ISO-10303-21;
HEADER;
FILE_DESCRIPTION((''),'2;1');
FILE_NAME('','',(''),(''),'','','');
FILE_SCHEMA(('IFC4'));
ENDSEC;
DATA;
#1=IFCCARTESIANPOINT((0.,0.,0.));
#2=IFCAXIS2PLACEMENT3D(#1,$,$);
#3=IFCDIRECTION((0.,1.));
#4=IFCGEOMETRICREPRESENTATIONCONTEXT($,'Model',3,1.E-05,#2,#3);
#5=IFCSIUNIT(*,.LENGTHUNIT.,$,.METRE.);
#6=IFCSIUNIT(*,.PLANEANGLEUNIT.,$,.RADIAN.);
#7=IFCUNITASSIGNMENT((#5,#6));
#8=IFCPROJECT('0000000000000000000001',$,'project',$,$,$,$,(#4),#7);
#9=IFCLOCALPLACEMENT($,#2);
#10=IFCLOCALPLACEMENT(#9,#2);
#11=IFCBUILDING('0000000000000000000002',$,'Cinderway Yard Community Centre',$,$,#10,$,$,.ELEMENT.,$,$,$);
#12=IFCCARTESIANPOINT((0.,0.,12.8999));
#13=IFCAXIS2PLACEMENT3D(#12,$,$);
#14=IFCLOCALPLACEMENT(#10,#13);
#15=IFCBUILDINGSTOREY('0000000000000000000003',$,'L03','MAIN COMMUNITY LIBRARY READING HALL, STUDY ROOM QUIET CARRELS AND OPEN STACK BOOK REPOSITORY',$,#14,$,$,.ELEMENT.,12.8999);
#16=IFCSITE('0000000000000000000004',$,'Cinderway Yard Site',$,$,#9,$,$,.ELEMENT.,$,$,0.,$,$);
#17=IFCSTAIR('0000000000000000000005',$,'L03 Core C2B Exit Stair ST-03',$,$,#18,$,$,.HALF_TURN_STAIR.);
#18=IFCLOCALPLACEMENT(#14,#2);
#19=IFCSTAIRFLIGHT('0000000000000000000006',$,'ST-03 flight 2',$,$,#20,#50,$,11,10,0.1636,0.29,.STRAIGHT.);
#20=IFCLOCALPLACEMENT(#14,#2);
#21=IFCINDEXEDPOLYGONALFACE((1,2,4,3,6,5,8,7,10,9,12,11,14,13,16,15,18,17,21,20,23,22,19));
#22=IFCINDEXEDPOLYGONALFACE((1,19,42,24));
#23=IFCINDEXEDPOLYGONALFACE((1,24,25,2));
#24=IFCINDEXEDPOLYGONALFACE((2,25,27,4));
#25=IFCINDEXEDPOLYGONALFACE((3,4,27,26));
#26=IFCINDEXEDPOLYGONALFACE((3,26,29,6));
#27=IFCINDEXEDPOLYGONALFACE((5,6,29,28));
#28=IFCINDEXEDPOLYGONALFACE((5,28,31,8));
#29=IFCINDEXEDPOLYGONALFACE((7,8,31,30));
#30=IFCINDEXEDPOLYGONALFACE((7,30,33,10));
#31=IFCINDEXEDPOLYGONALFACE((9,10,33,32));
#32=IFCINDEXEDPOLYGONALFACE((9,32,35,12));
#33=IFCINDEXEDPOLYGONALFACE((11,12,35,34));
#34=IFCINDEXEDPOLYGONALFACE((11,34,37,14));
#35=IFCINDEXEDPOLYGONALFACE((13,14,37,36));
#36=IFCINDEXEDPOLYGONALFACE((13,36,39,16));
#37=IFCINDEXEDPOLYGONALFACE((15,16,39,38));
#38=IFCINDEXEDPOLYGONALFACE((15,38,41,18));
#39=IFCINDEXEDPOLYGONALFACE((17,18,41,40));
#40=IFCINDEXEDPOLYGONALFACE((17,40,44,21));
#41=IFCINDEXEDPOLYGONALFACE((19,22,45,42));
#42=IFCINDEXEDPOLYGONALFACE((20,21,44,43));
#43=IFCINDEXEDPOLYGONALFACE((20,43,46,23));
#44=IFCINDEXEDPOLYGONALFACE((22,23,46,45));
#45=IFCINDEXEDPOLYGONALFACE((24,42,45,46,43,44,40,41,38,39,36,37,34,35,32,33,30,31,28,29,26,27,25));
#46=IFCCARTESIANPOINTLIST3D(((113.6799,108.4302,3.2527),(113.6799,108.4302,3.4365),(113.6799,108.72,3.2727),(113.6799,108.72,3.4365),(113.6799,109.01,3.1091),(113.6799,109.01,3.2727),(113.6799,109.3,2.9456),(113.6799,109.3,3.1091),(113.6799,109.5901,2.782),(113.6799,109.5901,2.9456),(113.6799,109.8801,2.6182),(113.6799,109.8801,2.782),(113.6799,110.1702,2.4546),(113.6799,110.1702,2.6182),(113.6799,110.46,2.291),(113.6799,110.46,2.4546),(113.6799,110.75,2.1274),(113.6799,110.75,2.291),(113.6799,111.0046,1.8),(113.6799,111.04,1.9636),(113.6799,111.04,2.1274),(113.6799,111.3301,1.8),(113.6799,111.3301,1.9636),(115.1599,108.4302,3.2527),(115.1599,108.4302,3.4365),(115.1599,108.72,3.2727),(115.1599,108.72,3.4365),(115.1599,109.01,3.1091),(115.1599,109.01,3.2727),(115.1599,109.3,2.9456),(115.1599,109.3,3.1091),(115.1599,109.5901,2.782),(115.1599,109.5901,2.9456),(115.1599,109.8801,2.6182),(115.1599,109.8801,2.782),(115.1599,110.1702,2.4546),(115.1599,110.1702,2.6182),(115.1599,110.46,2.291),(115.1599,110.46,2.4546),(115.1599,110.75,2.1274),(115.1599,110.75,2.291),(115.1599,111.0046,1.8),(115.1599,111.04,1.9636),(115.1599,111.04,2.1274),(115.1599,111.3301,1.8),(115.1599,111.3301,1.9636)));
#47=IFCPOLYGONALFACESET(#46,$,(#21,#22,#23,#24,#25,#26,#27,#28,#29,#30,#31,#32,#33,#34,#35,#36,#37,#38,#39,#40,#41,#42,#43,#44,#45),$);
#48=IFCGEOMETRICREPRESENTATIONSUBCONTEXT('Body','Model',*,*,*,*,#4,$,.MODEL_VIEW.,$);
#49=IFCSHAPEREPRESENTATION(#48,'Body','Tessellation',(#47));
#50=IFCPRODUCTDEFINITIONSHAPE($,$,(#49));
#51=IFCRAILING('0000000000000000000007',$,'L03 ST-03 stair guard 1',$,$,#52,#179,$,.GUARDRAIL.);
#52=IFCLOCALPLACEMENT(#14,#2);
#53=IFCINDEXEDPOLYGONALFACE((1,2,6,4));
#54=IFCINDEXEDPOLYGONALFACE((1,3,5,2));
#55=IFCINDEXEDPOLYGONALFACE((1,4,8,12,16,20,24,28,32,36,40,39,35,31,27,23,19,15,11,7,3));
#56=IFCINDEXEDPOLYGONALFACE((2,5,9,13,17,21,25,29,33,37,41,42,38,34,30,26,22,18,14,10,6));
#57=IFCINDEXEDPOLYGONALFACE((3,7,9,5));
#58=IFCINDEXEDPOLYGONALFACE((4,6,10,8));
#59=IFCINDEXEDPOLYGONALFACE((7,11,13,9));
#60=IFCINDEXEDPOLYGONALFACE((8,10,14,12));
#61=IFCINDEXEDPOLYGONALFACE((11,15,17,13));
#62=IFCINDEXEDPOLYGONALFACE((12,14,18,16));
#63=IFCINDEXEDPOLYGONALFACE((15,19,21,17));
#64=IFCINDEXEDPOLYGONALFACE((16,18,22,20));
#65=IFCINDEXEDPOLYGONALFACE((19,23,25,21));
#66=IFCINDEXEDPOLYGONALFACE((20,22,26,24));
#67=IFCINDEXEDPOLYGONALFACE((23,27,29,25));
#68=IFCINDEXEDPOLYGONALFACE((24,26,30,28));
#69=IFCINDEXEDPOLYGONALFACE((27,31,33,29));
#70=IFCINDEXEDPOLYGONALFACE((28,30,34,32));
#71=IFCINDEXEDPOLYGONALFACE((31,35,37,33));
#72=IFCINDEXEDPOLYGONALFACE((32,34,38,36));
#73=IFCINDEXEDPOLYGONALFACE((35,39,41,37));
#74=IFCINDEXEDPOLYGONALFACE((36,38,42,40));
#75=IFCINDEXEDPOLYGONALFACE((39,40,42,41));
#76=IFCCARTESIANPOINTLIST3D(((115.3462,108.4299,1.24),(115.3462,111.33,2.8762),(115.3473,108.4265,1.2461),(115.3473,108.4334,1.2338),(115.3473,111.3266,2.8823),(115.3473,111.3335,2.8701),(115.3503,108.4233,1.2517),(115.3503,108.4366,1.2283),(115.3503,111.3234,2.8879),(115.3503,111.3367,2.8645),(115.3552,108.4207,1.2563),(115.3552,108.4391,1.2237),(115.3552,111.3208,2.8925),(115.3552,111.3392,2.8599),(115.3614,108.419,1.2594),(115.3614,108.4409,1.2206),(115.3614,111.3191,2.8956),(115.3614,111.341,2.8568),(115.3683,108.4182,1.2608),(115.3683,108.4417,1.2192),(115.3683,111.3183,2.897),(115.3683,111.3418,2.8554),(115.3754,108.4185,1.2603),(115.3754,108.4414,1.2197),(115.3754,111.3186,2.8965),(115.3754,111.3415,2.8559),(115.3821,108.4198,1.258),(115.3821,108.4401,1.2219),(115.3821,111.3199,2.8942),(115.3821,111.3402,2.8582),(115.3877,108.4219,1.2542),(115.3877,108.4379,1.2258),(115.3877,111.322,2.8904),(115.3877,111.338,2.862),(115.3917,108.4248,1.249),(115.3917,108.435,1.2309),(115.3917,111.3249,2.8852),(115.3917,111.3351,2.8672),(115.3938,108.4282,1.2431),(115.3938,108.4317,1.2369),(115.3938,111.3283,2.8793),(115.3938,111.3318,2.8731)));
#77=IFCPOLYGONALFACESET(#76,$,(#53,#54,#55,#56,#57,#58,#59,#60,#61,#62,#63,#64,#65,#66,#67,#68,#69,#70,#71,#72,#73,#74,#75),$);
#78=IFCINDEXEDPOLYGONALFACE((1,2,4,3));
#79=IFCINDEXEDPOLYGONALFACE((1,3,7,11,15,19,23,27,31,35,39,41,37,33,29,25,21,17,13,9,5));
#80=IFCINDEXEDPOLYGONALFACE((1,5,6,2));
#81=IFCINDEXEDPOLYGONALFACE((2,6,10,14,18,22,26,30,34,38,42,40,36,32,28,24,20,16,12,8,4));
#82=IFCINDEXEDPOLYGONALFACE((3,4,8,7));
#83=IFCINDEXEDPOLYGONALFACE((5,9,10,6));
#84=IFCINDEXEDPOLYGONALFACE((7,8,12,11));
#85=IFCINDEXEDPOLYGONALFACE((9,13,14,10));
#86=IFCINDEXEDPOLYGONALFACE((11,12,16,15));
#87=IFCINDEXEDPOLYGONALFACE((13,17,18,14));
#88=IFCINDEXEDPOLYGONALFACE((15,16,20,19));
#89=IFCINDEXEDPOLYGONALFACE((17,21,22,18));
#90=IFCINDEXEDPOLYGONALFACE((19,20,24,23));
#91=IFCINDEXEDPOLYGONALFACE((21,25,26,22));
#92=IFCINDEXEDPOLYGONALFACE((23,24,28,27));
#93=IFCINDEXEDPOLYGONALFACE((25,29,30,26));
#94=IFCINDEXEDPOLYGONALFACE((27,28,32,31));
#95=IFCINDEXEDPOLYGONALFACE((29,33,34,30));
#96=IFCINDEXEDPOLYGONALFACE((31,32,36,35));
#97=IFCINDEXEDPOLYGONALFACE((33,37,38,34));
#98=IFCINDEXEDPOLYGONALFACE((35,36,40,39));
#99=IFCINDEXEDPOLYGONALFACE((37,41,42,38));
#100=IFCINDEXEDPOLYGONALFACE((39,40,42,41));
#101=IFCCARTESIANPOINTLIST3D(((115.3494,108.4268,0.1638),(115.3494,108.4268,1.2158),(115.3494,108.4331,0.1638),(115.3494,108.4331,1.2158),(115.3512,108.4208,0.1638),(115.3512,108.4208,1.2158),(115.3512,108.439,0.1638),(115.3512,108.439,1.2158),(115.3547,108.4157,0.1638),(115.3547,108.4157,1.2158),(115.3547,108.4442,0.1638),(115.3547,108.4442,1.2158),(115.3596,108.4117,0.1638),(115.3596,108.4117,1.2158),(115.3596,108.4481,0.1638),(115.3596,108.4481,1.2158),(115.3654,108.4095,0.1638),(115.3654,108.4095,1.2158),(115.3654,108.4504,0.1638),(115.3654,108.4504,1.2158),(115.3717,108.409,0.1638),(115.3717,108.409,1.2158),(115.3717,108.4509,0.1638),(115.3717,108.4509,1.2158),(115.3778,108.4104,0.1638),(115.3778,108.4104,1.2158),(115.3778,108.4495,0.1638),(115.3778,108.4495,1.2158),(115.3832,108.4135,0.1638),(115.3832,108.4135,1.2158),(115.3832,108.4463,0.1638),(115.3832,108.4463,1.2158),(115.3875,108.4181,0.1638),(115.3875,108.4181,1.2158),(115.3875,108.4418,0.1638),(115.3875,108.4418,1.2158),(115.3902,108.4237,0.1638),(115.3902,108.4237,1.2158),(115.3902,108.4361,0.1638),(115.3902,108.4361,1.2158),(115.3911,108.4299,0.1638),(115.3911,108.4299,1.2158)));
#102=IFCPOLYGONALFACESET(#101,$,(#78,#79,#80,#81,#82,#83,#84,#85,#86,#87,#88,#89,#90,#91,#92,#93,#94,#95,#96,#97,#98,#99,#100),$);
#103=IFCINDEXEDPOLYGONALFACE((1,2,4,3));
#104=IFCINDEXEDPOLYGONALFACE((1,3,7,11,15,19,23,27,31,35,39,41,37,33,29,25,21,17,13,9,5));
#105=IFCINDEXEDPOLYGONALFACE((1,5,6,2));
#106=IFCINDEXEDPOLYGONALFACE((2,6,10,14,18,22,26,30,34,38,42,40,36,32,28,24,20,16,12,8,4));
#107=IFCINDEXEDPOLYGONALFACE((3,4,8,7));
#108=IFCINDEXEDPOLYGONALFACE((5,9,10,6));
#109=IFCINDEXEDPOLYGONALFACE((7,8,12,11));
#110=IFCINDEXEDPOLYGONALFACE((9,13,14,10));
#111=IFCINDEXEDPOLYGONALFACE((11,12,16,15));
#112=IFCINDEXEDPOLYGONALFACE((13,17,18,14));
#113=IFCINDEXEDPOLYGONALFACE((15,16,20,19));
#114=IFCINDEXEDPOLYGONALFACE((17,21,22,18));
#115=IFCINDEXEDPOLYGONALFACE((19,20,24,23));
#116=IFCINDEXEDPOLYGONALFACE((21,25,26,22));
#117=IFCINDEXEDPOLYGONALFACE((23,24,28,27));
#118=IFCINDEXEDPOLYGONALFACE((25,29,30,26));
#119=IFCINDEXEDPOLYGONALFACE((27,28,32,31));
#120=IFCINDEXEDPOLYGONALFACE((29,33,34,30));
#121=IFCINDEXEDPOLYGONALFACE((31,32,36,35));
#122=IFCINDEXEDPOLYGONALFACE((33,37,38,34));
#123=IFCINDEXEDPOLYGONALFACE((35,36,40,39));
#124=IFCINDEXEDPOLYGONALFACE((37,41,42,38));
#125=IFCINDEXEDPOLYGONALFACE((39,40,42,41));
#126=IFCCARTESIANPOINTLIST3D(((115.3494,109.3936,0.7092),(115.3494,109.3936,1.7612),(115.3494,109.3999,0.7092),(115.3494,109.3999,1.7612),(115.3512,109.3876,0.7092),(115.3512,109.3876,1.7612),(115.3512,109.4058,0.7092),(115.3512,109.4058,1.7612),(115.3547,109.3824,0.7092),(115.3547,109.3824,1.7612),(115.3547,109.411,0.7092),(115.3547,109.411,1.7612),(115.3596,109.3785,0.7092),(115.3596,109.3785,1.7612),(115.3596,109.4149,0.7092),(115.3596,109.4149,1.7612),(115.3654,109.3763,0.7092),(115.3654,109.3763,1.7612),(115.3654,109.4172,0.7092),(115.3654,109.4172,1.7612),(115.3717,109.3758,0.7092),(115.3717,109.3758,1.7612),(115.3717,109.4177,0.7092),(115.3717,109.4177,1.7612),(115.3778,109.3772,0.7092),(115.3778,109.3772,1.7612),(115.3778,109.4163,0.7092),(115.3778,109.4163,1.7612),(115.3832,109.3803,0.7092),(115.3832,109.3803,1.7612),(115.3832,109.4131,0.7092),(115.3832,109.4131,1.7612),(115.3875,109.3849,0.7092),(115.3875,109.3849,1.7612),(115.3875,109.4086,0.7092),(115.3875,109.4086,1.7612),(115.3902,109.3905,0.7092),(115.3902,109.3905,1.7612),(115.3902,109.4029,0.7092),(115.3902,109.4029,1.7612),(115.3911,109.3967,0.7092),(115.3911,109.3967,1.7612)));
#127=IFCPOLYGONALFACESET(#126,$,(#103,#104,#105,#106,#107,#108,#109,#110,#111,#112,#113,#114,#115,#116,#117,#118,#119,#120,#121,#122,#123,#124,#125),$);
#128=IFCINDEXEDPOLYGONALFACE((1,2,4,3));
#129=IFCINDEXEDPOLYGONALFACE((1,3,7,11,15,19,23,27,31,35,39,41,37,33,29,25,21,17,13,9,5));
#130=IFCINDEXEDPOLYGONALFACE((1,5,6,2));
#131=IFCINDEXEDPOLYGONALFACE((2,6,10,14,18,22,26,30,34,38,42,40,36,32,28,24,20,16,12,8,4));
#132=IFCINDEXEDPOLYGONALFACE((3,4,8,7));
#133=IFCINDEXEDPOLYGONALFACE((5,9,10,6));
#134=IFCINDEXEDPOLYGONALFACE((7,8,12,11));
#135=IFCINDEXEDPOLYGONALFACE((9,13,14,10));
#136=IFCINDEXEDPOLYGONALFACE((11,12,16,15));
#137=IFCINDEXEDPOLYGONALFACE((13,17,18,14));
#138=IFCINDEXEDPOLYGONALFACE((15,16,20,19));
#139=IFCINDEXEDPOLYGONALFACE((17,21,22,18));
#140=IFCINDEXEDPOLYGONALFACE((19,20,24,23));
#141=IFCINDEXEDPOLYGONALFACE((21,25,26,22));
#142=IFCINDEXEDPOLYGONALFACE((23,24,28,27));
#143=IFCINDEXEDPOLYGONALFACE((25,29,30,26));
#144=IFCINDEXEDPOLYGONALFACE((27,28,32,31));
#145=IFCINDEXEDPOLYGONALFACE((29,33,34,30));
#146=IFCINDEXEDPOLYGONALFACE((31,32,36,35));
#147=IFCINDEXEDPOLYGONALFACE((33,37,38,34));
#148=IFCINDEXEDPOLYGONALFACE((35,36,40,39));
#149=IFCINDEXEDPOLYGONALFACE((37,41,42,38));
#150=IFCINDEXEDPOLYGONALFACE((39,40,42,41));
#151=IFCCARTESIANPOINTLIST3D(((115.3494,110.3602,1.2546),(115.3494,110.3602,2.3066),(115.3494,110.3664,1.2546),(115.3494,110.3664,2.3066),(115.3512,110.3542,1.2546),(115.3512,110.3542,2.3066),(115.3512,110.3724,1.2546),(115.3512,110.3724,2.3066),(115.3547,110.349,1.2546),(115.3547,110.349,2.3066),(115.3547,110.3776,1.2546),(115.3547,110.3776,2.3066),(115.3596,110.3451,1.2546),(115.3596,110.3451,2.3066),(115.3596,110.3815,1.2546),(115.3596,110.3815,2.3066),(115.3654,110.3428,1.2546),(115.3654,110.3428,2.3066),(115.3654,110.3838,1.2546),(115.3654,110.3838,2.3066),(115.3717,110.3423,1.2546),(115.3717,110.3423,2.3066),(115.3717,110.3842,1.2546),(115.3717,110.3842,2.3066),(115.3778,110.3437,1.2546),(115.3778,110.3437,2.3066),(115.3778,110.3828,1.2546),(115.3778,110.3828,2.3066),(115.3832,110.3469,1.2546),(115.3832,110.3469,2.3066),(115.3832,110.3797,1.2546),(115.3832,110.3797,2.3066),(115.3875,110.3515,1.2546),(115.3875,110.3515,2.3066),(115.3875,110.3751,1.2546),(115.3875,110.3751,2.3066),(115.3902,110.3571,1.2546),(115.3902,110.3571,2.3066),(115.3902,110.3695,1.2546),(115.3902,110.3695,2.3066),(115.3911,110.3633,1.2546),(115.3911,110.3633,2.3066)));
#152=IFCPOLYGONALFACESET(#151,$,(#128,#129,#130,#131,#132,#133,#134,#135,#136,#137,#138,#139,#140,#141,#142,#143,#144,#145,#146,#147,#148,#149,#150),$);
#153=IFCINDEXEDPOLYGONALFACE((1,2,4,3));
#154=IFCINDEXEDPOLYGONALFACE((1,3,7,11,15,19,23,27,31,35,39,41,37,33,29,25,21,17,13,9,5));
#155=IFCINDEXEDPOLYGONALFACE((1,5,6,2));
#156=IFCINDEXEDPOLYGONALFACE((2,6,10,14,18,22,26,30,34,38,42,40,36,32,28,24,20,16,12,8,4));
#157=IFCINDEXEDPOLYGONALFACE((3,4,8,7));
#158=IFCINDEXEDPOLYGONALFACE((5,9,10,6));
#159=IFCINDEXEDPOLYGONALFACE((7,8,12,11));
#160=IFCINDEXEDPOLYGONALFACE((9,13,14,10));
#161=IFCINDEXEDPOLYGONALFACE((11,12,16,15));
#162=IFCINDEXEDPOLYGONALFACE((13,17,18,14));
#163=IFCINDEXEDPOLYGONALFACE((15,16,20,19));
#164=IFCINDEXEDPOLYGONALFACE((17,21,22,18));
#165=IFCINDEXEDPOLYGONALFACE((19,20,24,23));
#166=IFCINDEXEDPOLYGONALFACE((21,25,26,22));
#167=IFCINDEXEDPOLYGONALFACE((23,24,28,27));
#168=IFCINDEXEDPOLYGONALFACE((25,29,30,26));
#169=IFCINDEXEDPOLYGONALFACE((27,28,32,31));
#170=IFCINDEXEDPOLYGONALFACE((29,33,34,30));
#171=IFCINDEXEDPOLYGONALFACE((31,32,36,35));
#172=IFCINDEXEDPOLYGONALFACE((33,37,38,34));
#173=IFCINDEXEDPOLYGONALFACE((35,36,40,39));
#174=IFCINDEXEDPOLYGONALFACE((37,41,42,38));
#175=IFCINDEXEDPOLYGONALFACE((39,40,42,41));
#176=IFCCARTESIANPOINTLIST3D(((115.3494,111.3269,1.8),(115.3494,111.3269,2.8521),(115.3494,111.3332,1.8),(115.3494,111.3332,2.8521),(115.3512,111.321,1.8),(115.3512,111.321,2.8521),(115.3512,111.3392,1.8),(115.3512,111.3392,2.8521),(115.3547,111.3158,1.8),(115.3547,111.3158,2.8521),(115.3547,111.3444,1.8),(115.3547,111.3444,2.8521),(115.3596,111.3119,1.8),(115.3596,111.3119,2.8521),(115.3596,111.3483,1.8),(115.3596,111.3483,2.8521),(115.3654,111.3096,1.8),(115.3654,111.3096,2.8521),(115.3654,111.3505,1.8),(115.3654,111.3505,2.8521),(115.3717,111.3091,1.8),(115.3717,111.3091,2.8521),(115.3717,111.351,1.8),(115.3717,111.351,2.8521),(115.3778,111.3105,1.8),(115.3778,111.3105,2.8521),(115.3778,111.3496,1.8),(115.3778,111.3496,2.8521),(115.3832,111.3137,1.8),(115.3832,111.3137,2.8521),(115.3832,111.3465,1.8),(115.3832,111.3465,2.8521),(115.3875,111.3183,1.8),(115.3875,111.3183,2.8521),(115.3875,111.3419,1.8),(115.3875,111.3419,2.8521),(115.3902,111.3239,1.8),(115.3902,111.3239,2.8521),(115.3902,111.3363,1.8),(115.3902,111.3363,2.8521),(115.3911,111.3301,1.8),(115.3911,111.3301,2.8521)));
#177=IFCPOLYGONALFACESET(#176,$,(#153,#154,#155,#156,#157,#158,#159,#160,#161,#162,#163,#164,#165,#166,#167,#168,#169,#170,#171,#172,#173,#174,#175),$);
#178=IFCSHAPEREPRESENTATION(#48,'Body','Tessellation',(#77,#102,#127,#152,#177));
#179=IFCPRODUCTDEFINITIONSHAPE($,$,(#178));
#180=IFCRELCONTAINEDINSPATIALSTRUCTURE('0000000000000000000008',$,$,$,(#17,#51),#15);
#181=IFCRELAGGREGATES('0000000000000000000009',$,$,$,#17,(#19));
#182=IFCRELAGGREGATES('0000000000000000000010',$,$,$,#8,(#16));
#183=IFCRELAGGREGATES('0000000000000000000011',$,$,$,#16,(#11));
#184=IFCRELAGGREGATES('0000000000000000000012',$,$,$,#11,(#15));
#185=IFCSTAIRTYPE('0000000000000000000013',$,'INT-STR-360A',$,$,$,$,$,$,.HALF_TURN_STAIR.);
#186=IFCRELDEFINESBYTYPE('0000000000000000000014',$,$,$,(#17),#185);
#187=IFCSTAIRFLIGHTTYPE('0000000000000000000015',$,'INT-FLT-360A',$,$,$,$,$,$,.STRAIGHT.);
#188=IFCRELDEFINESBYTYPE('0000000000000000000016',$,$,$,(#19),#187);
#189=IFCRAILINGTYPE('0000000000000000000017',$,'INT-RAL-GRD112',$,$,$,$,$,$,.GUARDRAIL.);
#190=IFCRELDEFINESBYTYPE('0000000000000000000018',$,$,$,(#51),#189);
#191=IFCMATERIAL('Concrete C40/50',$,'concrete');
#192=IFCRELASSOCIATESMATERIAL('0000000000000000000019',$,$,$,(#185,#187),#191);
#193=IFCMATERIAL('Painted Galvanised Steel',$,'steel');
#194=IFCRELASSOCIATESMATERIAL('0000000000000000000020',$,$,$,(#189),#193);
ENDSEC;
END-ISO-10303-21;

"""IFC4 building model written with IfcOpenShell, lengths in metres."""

from ifc_helpers import new_model, si_unit, direction, frame, origin, origin_2d, place, context, subcontext, project, spatial, polyline, circle, outline, extrude, material, type_object, element, aggregate, save


model = new_model("IFC4")

# Units and contexts
model_context = context("Model", 3, precision=1e-05, world=origin(), true_north=direction((0.0, 1.0)))
body_context = subcontext(model_context, "Body", "Model", "MODEL_VIEW")
ifc_project = project(units=[si_unit("LENGTHUNIT", "METRE"), si_unit("PLANEANGLEUNIT", "RADIAN")], contexts=[model_context])

# Site, building, storey
site_placement = place(None, origin())
site = spatial("IfcSite", under=ifc_project, at=site_placement, Name="Cinderway Yard Site", CompositionType="ELEMENT", RefElevation=0.0)
building_placement = place(site_placement, origin())
building = spatial("IfcBuilding", under=site, at=building_placement, Name="Cinderway Yard Community Centre", CompositionType="ELEMENT")
storey_placement = place(building_placement, frame((0.0, 0.0, 12.8999)))
storey = spatial("IfcBuildingStorey", under=building, at=storey_placement, Name="L03", Description="MAIN COMMUNITY LIBRARY READING HALL, STUDY ROOM QUIET CARRELS AND OPEN STACK BOOK REPOSITORY", CompositionType="ELEMENT", Elevation=12.8999)

# Shared definitions
ifc_material_1 = material(Name="Concrete C40/50", Category="concrete")

# Shared definitions
ifc_material_2 = material(Name="Painted Galvanised Steel", Category="steel")

# Stair, stair flight
stair_type = type_object("IfcStairType", Name="INT-STR-360A", PredefinedType="HALF_TURN_STAIR", material=ifc_material_1)
stair_placement = place(storey_placement, origin())
stair = element("IfcStair", 1, at=stair_placement, inside=storey, type_object=stair_type, Name="L03 Core C2B Exit Stair ST-03", PredefinedType="HALF_TURN_STAIR")
stair_flight_type = type_object("IfcStairFlightType", Name="INT-FLT-360A", PredefinedType="STRAIGHT", material=ifc_material_1)
stair_flight_1_placement = place(storey_placement, frame((114.4199, 111.3301, 1.8), z_axis=(0.0, 0.0, 1.0), x_axis=(0.0, -1.0, 0.0)))
stair_flight_1 = element("IfcStairFlight", 2, at=stair_flight_1_placement, type_object=stair_flight_type, Name="ST-03 flight 2", NumberOfRisers=11, NumberOfTreads=10, PredefinedType="STRAIGHT", RiserHeight=0.1636, TreadLength=0.29, context=body_context, shape_type="SweptSolid", body=[
    extrude(outline(polyline([(0.0, 0.0), (0.0, 0.1636), (0.29, 0.1636), (0.29, 0.3274), (0.5801, 0.3274), (0.5801, 0.491), (0.8701, 0.491), (0.8701, 0.6545), (1.1599, 0.6545), (1.1599, 0.8181), (1.45, 0.8181), (1.45, 0.9819), (1.74, 0.9819), (1.74, 1.1455), (2.03, 1.1455), (2.03, 1.3091), (2.3201, 1.3091), (2.3201, 1.4727), (2.6101, 1.4727), (2.6101, 1.6365), (2.8999, 1.6365), (2.8999, 1.8), (2.8999, 1.4526), (0.3254, 0.0), (0.0, 0.0)])), frame((0.0, 0.74, 0.0), z_axis=(0.0, -1.0, 0.0), x_axis=(1.0, 0.0, 0.0)), (0.0, 0.0, 1.0), 1.48),
])
aggregate(stair, [stair_flight_1])

# Railing
railing_type_1 = type_object("IfcRailingType", Name="INT-RAL-GRD112", PredefinedType="GUARDRAIL", material=ifc_material_2)
railing_1_placement = place(storey_placement, frame((115.3701, 108.4299, 0.1638)))
element("IfcRailing", 3, at=railing_1_placement, inside=storey, type_object=railing_type_1, Name="L03 ST-03 stair guard 1", PredefinedType="GUARDRAIL", context=body_context, shape_type="SweptSolid", body=[
    extrude(circle(Radius=0.0239, at=origin_2d()), frame((0.0, 0.0, 1.0762), z_axis=(0.0, 0.870946, 0.491378), x_axis=(-1.0, 0.0, 0.0)), (0.0, 0.0, 1.0), 3.3298),
    extrude(circle(Radius=0.021, at=origin_2d()), origin(), (0.0, 0.0, 1.0), 1.052),
    extrude(circle(Radius=0.021, at=origin_2d()), frame((0.0, 0.9668, 0.5454)), (0.0, 0.0, 1.0), 1.052),
    extrude(circle(Radius=0.021, at=origin_2d()), frame((0.0, 1.9333, 1.0908)), (0.0, 0.0, 1.0), 1.052),
    extrude(circle(Radius=0.021, at=origin_2d()), frame((0.0, 2.9001, 1.6362)), (0.0, 0.0, 1.0), 1.052),
])

save(model, "model.ifc")
